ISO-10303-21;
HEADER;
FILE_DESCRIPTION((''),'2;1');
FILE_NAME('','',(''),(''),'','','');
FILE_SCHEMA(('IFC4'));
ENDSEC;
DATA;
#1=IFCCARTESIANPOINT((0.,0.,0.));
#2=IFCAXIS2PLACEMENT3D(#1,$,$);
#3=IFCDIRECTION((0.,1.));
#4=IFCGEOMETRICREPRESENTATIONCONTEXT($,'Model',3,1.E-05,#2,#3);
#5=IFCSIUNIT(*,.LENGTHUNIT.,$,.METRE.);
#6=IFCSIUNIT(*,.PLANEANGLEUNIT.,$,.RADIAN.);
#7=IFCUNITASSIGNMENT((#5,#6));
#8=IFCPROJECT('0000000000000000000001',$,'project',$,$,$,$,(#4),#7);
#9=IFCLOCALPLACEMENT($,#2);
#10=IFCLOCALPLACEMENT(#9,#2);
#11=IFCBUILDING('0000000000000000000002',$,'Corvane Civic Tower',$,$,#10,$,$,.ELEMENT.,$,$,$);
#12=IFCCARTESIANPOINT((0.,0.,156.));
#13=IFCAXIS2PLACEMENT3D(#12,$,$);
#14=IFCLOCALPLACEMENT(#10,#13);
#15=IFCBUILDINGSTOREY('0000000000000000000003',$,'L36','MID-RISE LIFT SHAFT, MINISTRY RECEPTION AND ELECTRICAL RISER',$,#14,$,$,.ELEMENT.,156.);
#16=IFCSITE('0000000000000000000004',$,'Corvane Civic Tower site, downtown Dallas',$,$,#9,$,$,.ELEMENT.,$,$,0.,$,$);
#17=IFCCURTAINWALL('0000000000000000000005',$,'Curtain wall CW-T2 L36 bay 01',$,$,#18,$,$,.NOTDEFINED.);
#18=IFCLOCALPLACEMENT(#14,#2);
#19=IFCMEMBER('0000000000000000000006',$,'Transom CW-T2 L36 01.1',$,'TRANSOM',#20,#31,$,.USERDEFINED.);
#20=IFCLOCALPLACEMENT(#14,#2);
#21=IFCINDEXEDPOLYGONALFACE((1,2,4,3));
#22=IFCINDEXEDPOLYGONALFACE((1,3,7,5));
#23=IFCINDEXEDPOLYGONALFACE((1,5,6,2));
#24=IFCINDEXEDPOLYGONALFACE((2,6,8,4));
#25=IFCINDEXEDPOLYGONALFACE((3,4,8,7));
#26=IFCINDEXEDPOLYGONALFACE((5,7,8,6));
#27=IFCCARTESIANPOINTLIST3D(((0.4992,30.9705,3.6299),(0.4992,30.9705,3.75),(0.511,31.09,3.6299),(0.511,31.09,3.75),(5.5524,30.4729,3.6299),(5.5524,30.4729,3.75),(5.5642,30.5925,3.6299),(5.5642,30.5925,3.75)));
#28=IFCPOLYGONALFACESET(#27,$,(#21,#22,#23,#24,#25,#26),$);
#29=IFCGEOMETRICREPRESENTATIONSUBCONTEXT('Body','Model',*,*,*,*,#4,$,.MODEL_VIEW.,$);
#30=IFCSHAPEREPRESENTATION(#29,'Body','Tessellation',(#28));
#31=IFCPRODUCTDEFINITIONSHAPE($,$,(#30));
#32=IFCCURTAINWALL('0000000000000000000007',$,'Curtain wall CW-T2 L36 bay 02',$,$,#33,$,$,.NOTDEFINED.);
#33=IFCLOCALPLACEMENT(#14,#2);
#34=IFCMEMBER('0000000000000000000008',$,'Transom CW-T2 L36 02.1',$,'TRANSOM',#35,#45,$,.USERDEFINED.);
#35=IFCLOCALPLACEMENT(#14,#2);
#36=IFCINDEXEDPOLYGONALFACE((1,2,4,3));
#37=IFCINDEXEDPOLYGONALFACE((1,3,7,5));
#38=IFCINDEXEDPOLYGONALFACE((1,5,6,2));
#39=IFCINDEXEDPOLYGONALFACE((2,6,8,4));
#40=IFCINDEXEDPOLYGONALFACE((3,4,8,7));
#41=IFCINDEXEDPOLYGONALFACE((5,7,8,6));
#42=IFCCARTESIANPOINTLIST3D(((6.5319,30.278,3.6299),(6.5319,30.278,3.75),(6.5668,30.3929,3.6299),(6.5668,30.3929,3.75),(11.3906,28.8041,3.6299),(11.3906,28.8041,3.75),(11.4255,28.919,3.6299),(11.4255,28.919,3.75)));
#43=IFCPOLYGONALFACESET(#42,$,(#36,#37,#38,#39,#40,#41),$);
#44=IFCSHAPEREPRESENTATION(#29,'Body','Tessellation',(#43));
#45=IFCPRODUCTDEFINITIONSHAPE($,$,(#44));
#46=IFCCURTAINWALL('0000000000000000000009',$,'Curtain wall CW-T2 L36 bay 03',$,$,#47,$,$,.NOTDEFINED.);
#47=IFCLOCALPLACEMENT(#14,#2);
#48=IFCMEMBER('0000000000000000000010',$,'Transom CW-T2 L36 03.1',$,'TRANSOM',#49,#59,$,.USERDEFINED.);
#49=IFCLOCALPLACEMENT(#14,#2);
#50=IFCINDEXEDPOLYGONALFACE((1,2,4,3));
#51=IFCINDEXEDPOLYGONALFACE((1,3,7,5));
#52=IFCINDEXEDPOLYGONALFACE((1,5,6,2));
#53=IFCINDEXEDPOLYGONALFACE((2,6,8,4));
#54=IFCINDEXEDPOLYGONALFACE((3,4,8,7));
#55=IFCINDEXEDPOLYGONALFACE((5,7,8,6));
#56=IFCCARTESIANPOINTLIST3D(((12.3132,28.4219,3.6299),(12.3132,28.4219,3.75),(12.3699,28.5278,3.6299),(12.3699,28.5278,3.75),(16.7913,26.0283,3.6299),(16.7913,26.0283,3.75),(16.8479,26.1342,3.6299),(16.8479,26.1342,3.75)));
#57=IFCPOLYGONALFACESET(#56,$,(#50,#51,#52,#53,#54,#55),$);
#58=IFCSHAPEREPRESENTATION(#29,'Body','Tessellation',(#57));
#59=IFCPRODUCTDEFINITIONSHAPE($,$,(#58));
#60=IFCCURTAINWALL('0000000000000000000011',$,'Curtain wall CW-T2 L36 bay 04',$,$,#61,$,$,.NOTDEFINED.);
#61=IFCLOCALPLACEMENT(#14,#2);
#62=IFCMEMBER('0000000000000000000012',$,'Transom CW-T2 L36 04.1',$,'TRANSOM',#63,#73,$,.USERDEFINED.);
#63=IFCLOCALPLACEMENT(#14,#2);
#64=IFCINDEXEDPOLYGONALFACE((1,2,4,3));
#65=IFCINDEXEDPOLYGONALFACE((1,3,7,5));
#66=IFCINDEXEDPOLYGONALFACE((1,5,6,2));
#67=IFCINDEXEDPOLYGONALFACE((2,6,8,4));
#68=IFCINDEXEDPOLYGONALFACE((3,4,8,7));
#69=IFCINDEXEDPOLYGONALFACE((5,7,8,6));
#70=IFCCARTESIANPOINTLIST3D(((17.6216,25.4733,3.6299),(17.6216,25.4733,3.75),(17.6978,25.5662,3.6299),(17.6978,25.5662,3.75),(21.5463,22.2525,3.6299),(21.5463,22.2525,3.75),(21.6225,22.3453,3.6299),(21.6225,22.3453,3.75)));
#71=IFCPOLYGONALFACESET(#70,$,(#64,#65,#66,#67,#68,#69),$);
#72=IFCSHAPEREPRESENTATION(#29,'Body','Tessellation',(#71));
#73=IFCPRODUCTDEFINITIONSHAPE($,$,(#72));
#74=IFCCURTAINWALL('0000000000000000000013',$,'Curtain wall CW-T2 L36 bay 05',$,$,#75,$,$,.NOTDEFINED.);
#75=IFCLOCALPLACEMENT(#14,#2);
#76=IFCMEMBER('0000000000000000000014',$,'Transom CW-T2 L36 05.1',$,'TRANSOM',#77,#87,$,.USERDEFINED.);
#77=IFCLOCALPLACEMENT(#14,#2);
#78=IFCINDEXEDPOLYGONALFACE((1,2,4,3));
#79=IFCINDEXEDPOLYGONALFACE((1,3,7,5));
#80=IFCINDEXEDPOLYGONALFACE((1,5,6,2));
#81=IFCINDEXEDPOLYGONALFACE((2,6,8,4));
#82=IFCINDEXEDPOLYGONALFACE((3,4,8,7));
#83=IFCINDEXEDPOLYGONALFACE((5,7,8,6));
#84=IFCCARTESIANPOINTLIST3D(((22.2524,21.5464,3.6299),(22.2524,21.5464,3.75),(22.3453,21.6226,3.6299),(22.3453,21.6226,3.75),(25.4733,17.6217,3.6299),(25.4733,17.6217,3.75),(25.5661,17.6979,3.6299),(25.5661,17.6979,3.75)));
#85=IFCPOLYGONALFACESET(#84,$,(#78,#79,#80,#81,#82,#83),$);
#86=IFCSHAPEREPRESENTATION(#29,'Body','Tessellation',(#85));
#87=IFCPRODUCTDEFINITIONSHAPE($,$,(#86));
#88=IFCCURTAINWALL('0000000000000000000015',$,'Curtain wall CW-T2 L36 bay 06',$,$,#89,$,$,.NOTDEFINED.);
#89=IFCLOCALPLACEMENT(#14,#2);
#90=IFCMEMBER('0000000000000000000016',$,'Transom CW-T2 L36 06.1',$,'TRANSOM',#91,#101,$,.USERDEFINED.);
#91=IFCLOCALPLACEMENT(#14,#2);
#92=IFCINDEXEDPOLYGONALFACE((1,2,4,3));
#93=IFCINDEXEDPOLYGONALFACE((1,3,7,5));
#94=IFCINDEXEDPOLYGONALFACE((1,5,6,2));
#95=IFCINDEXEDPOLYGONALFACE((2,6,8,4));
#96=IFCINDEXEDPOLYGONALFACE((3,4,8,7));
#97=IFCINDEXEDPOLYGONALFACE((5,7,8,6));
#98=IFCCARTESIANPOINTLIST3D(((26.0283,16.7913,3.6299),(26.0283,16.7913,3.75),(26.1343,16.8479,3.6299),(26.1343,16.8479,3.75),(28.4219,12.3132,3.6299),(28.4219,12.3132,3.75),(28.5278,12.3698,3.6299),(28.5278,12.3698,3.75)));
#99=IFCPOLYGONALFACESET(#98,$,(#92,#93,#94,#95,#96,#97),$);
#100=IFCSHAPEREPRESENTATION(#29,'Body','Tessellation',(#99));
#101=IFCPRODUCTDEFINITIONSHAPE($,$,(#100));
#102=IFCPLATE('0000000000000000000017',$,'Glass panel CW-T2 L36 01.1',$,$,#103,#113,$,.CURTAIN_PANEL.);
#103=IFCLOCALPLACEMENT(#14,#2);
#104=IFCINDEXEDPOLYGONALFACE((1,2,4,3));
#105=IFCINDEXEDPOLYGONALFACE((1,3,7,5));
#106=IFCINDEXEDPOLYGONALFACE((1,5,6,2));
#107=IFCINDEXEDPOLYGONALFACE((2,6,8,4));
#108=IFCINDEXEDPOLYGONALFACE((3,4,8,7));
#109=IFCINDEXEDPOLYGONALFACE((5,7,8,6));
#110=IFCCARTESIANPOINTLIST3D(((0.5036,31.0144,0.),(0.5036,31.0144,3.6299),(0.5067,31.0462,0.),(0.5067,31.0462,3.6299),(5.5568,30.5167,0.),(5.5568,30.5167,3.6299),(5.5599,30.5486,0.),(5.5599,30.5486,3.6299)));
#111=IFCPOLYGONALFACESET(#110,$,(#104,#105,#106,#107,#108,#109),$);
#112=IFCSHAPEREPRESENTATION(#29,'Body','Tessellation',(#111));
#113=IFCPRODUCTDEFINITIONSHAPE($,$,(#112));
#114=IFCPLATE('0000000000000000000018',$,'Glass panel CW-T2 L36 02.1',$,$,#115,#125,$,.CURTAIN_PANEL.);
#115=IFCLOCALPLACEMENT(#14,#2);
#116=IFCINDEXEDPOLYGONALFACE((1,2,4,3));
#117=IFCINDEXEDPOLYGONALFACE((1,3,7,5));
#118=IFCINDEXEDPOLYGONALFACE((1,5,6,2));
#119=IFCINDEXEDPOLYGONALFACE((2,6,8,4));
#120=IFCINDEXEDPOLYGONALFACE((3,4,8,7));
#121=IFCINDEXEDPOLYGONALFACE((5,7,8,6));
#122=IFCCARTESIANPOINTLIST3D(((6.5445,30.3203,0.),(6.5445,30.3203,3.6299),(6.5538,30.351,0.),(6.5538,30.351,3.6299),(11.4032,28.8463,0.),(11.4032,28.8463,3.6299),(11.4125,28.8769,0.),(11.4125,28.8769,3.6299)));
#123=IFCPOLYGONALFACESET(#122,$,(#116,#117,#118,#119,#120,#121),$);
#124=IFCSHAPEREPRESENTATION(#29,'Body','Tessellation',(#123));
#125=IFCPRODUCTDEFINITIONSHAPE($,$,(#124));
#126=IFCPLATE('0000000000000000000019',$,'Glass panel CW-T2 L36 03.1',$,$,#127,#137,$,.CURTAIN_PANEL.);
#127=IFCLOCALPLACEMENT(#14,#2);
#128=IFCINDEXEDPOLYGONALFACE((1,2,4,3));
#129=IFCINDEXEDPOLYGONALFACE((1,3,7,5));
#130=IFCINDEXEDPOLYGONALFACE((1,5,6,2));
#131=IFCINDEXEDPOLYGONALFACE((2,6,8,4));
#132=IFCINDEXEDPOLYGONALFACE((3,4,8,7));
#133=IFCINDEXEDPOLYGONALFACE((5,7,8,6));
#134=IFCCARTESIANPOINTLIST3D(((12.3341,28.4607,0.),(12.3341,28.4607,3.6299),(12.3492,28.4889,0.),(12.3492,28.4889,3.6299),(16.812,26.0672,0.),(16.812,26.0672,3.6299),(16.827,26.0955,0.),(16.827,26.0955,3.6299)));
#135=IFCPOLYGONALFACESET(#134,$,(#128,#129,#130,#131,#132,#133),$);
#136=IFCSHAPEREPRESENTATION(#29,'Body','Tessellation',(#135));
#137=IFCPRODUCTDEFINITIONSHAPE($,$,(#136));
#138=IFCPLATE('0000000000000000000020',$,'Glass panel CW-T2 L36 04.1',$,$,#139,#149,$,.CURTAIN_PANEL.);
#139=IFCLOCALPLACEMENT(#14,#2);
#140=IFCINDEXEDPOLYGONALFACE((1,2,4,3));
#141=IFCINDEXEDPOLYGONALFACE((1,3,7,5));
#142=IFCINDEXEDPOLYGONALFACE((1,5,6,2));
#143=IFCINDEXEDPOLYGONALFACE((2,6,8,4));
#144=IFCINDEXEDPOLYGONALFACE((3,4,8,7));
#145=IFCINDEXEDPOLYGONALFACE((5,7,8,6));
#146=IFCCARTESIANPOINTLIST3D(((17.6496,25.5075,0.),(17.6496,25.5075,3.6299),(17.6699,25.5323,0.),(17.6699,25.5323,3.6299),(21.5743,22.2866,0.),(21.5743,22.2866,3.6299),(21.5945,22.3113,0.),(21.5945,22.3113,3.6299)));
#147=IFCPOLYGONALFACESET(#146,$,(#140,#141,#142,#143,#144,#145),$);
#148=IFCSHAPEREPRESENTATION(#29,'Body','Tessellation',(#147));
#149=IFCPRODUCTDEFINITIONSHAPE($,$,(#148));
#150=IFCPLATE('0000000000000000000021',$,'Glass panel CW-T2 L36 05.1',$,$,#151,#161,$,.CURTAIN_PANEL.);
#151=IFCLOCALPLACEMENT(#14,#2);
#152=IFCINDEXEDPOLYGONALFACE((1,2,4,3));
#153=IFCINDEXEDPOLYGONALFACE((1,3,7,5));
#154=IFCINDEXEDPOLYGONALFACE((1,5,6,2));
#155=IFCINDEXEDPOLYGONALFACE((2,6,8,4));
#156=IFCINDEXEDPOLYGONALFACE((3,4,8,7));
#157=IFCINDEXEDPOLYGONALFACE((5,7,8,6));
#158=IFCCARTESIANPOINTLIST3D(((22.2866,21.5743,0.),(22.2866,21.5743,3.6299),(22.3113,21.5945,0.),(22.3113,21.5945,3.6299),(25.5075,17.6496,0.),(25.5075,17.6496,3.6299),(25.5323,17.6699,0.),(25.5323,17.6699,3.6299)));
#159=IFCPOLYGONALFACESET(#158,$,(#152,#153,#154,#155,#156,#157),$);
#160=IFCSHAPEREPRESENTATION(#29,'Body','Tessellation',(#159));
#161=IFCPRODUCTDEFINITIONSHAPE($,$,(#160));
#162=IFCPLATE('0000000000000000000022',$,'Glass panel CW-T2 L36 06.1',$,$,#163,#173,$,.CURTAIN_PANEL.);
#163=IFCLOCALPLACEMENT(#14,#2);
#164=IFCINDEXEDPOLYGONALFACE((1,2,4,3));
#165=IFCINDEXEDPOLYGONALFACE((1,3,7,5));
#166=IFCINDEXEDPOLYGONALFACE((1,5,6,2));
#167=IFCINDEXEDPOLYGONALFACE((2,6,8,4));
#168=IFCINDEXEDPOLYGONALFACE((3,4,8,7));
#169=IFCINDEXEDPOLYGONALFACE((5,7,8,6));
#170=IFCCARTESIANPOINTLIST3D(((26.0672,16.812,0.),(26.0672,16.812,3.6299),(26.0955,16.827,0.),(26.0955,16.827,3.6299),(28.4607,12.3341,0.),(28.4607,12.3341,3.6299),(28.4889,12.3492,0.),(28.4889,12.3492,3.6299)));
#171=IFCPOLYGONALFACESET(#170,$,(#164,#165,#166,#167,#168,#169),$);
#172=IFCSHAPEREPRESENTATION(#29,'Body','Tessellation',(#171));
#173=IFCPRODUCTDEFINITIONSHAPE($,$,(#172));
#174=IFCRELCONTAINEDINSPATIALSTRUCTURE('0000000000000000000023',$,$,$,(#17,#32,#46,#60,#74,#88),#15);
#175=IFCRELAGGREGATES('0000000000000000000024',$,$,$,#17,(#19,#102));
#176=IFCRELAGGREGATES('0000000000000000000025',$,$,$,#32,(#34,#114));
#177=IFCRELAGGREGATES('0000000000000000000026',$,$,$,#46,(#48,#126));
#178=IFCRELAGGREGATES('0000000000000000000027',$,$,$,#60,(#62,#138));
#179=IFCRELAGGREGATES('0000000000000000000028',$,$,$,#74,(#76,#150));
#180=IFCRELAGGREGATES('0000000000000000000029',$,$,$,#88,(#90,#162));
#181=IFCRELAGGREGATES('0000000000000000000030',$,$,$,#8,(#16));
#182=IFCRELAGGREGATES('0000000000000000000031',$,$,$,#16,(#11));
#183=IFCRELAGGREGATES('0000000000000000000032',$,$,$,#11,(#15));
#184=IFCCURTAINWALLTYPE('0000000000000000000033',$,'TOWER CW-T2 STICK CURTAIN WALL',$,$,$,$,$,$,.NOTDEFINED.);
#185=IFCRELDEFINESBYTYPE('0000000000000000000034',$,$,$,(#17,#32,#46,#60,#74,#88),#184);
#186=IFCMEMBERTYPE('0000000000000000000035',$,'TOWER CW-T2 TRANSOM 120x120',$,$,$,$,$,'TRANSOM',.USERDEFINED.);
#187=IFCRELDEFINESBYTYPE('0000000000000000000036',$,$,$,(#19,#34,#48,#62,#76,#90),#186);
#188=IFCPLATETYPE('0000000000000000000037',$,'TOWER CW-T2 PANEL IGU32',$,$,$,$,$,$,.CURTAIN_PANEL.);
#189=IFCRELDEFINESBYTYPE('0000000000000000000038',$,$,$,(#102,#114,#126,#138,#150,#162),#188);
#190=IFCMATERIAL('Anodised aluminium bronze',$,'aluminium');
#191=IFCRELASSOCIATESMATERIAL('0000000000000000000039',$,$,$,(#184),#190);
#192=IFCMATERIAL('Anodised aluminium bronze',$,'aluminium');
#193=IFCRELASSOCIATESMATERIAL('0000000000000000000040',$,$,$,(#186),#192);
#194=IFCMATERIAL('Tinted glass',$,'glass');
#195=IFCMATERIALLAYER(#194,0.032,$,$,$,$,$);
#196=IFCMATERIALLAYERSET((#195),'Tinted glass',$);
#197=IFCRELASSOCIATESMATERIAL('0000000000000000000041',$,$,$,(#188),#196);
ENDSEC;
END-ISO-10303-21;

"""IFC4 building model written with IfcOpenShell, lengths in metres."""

from ifc_helpers import new_model, si_unit, direction, frame, origin, origin_2d, place, context, subcontext, project, spatial, rectangle, extrude, material, layer, layer_set, material_profile, profile_set, type_object, element, aggregate, save


model = new_model("IFC4")

# Units and contexts
model_context = context("Model", 3, precision=1e-05, world=origin(), true_north=direction((0.0, 1.0)))
body_context = subcontext(model_context, "Body", "Model", "MODEL_VIEW")
ifc_project = project(units=[si_unit("LENGTHUNIT", "METRE"), si_unit("PLANEANGLEUNIT", "RADIAN")], contexts=[model_context])

# Site, building, storey
site_placement = place(None, origin())
site = spatial("IfcSite", under=ifc_project, at=site_placement, Name="Corvane Civic Tower site, downtown Dallas", CompositionType="ELEMENT", RefElevation=0.0)
building_placement = place(site_placement, origin())
building = spatial("IfcBuilding", under=site, at=building_placement, Name="Corvane Civic Tower", CompositionType="ELEMENT")
storey_placement = place(building_placement, frame((0.0, 0.0, 156.0)))
storey = spatial("IfcBuildingStorey", under=building, at=storey_placement, Name="L36", Description="MID-RISE LIFT SHAFT, MINISTRY RECEPTION AND ELECTRICAL RISER", CompositionType="ELEMENT", Elevation=156.0)

# Curtain walls, members
ifc_material_1 = material(Name="Anodised aluminium bronze", Category="aluminium")
curtain_wall_type = type_object("IfcCurtainWallType", Name="TOWER CW-T2 STICK CURTAIN WALL", PredefinedType="NOTDEFINED", material=ifc_material_1)
curtain_wall_1_placement = place(storey_placement, origin())
curtain_wall_1 = element("IfcCurtainWall", 1, at=curtain_wall_1_placement, inside=storey, type_object=curtain_wall_type, Name="Curtain wall CW-T2 L36 bay 01", PredefinedType="NOTDEFINED")
ifc_material_2 = material(Name="Anodised aluminium bronze", Category="aluminium")
ifc_material_profile_1 = material_profile(ifc_material_2, rectangle(XDim=0.1201, YDim=0.1201, at=origin_2d()), Name="TOWER CW-T2 TRANSOM 120x120")
ifc_profile_set_1 = profile_set([ifc_material_profile_1], Name="Anodised aluminium bronze")
member_type = type_object("IfcMemberType", Name="TOWER CW-T2 TRANSOM 120x120", ElementType="TRANSOM", PredefinedType="USERDEFINED", material=ifc_profile_set_1)
member_1_placement = place(storey_placement, frame((0.5051, 31.0303, 3.6899), z_axis=(0.995187, -0.09799, 0.0), x_axis=(0.09799, 0.995187, 0.0)))
member_1 = element("IfcMember", 2, at=member_1_placement, type_object=member_type, Name="Transom CW-T2 L36 01.1", ObjectType="TRANSOM", PredefinedType="USERDEFINED", context=body_context, shape_type="SweptSolid", body=[
    extrude(rectangle(XDim=0.1201, YDim=0.1201, at=origin_2d()), origin(), (0.0, 0.0, 1.0), 5.0776),
])
curtain_wall_2_placement = place(storey_placement, origin())
curtain_wall_2 = element("IfcCurtainWall", 3, at=curtain_wall_2_placement, inside=storey, type_object=curtain_wall_type, Name="Curtain wall CW-T2 L36 bay 02", PredefinedType="NOTDEFINED")
member_2_placement = place(storey_placement, frame((6.5493, 30.3354, 3.6899), z_axis=(0.956939, -0.290289, 0.0), x_axis=(0.290289, 0.956939, 0.0)))
member_2 = element("IfcMember", 4, at=member_2_placement, type_object=member_type, Name="Transom CW-T2 L36 02.1", ObjectType="TRANSOM", PredefinedType="USERDEFINED", context=body_context, shape_type="SweptSolid", body=[
    extrude(rectangle(XDim=0.1201, YDim=0.1201, at=origin_2d()), origin(), (0.0, 0.0, 1.0), 5.0774),
])
curtain_wall_3_placement = place(storey_placement, origin())
curtain_wall_3 = element("IfcCurtainWall", 5, at=curtain_wall_3_placement, inside=storey, type_object=curtain_wall_type, Name="Curtain wall CW-T2 L36 bay 03", PredefinedType="NOTDEFINED")
member_3_placement = place(storey_placement, frame((12.3416, 28.4749, 3.6899), z_axis=(0.881921, -0.471397, 0.0), x_axis=(0.471397, 0.881921, 0.0)))
member_3 = element("IfcMember", 6, at=member_3_placement, type_object=member_type, Name="Transom CW-T2 L36 03.1", ObjectType="TRANSOM", PredefinedType="USERDEFINED", context=body_context, shape_type="SweptSolid", body=[
    extrude(rectangle(XDim=0.1201, YDim=0.1201, at=origin_2d()), origin(), (0.0, 0.0, 1.0), 5.0776),
])
curtain_wall_4_placement = place(storey_placement, origin())
curtain_wall_4 = element("IfcCurtainWall", 7, at=curtain_wall_4_placement, inside=storey, type_object=curtain_wall_type, Name="Curtain wall CW-T2 L36 bay 04", PredefinedType="NOTDEFINED")
member_4_placement = place(storey_placement, frame((17.6597, 25.5198, 3.6899), z_axis=(0.773016, -0.634387, 0.0), x_axis=(0.634387, 0.773016, 0.0)))
member_4 = element("IfcMember", 8, at=member_4_placement, type_object=member_type, Name="Transom CW-T2 L36 04.1", ObjectType="TRANSOM", PredefinedType="USERDEFINED", context=body_context, shape_type="SweptSolid", body=[
    extrude(rectangle(XDim=0.1201, YDim=0.1201, at=origin_2d()), origin(), (0.0, 0.0, 1.0), 5.0771),
])
curtain_wall_5_placement = place(storey_placement, origin())
curtain_wall_5 = element("IfcCurtainWall", 9, at=curtain_wall_5_placement, inside=storey, type_object=curtain_wall_type, Name="Curtain wall CW-T2 L36 bay 05", PredefinedType="NOTDEFINED")
member_5_placement = place(storey_placement, frame((22.2988, 21.5845, 3.6899), z_axis=(0.634387, -0.773016, 0.0), x_axis=(0.773016, 0.634387, 0.0)))
member_5 = element("IfcMember", 10, at=member_5_placement, type_object=member_type, Name="Transom CW-T2 L36 05.1", ObjectType="TRANSOM", PredefinedType="USERDEFINED", context=body_context, shape_type="SweptSolid", body=[
    extrude(rectangle(XDim=0.1201, YDim=0.1201, at=origin_2d()), origin(), (0.0, 0.0, 1.0), 5.0771),
])
curtain_wall_6_placement = place(storey_placement, origin())
curtain_wall_6 = element("IfcCurtainWall", 11, at=curtain_wall_6_placement, inside=storey, type_object=curtain_wall_type, Name="Curtain wall CW-T2 L36 bay 06", PredefinedType="NOTDEFINED")
member_6_placement = place(storey_placement, frame((26.0813, 16.8196, 3.6899), z_axis=(0.471397, -0.881921, 0.0), x_axis=(0.881921, 0.471397, 0.0)))
member_6 = element("IfcMember", 12, at=member_6_placement, type_object=member_type, Name="Transom CW-T2 L36 06.1", ObjectType="TRANSOM", PredefinedType="USERDEFINED", context=body_context, shape_type="SweptSolid", body=[
    extrude(rectangle(XDim=0.1201, YDim=0.1201, at=origin_2d()), origin(), (0.0, 0.0, 1.0), 5.0776),
])

# Plates
ifc_material_3 = material(Name="Tinted glass", Category="glass")
ifc_layer_1 = layer(ifc_material_3, 0.032)
ifc_layer_set_1 = layer_set([ifc_layer_1], Name="Tinted glass")
plate_type = type_object("IfcPlateType", Name="TOWER CW-T2 PANEL IGU32", PredefinedType="CURTAIN_PANEL", material=ifc_layer_set_1)
plate_1_placement = place(storey_placement, frame((3.0317, 30.7815, 0.0), z_axis=(0.0, 0.0, 1.0), x_axis=(0.995185, -0.098012, 0.0)))
plate_1 = element("IfcPlate", 13, at=plate_1_placement, type_object=plate_type, Name="Glass panel CW-T2 L36 01.1", PredefinedType="CURTAIN_PANEL", context=body_context, shape_type="SweptSolid", body=[
    extrude(rectangle(XDim=5.0776, YDim=0.032, at=origin_2d()), origin(), (0.0, 0.0, 1.0), 3.6299),
])
aggregate(curtain_wall_1, [member_1, plate_1])
plate_2_placement = place(storey_placement, frame((8.9785, 29.5986, 0.0), z_axis=(0.0, 0.0, 1.0), x_axis=(0.956932, -0.290313, 0.0)))
plate_2 = element("IfcPlate", 14, at=plate_2_placement, type_object=plate_type, Name="Glass panel CW-T2 L36 02.1", PredefinedType="CURTAIN_PANEL", context=body_context, shape_type="SweptSolid", body=[
    extrude(rectangle(XDim=5.0774, YDim=0.032, at=origin_2d()), origin(), (0.0, 0.0, 1.0), 3.6299),
])
aggregate(curtain_wall_2, [member_2, plate_2])
plate_3_placement = place(storey_placement, frame((14.5806, 27.2781, 0.0), z_axis=(0.0, 0.0, 1.0), x_axis=(0.881922, -0.471395, 0.0)))
plate_3 = element("IfcPlate", 15, at=plate_3_placement, type_object=plate_type, Name="Glass panel CW-T2 L36 03.1", PredefinedType="CURTAIN_PANEL", context=body_context, shape_type="SweptSolid", body=[
    extrude(rectangle(XDim=5.0774, YDim=0.032, at=origin_2d()), origin(), (0.0, 0.0, 1.0), 3.6299),
])
aggregate(curtain_wall_3, [member_3, plate_3])
plate_4_placement = place(storey_placement, frame((19.6221, 23.9094, 0.0), z_axis=(0.0, 0.0, 1.0), x_axis=(0.773005, -0.6344, 0.0)))
plate_4 = element("IfcPlate", 16, at=plate_4_placement, type_object=plate_type, Name="Glass panel CW-T2 L36 04.1", PredefinedType="CURTAIN_PANEL", context=body_context, shape_type="SweptSolid", body=[
    extrude(rectangle(XDim=5.0771, YDim=0.032, at=origin_2d()), origin(), (0.0, 0.0, 1.0), 3.6299),
])
aggregate(curtain_wall_4, [member_4, plate_4])
plate_5_placement = place(storey_placement, frame((23.9094, 19.6221, 0.0), z_axis=(0.0, 0.0, 1.0), x_axis=(0.6344, -0.773005, 0.0)))
plate_5 = element("IfcPlate", 17, at=plate_5_placement, type_object=plate_type, Name="Glass panel CW-T2 L36 05.1", PredefinedType="CURTAIN_PANEL", context=body_context, shape_type="SweptSolid", body=[
    extrude(rectangle(XDim=5.0771, YDim=0.032, at=origin_2d()), origin(), (0.0, 0.0, 1.0), 3.6299),
])
aggregate(curtain_wall_5, [member_5, plate_5])
plate_6_placement = place(storey_placement, frame((27.2781, 14.5806, 0.0), z_axis=(0.0, 0.0, 1.0), x_axis=(0.471395, -0.881922, 0.0)))
plate_6 = element("IfcPlate", 18, at=plate_6_placement, type_object=plate_type, Name="Glass panel CW-T2 L36 06.1", PredefinedType="CURTAIN_PANEL", context=body_context, shape_type="SweptSolid", body=[
    extrude(rectangle(XDim=5.0774, YDim=0.032, at=origin_2d()), origin(), (0.0, 0.0, 1.0), 3.6299),
])
aggregate(curtain_wall_6, [member_6, plate_6])

save(model, "model.ifc")
